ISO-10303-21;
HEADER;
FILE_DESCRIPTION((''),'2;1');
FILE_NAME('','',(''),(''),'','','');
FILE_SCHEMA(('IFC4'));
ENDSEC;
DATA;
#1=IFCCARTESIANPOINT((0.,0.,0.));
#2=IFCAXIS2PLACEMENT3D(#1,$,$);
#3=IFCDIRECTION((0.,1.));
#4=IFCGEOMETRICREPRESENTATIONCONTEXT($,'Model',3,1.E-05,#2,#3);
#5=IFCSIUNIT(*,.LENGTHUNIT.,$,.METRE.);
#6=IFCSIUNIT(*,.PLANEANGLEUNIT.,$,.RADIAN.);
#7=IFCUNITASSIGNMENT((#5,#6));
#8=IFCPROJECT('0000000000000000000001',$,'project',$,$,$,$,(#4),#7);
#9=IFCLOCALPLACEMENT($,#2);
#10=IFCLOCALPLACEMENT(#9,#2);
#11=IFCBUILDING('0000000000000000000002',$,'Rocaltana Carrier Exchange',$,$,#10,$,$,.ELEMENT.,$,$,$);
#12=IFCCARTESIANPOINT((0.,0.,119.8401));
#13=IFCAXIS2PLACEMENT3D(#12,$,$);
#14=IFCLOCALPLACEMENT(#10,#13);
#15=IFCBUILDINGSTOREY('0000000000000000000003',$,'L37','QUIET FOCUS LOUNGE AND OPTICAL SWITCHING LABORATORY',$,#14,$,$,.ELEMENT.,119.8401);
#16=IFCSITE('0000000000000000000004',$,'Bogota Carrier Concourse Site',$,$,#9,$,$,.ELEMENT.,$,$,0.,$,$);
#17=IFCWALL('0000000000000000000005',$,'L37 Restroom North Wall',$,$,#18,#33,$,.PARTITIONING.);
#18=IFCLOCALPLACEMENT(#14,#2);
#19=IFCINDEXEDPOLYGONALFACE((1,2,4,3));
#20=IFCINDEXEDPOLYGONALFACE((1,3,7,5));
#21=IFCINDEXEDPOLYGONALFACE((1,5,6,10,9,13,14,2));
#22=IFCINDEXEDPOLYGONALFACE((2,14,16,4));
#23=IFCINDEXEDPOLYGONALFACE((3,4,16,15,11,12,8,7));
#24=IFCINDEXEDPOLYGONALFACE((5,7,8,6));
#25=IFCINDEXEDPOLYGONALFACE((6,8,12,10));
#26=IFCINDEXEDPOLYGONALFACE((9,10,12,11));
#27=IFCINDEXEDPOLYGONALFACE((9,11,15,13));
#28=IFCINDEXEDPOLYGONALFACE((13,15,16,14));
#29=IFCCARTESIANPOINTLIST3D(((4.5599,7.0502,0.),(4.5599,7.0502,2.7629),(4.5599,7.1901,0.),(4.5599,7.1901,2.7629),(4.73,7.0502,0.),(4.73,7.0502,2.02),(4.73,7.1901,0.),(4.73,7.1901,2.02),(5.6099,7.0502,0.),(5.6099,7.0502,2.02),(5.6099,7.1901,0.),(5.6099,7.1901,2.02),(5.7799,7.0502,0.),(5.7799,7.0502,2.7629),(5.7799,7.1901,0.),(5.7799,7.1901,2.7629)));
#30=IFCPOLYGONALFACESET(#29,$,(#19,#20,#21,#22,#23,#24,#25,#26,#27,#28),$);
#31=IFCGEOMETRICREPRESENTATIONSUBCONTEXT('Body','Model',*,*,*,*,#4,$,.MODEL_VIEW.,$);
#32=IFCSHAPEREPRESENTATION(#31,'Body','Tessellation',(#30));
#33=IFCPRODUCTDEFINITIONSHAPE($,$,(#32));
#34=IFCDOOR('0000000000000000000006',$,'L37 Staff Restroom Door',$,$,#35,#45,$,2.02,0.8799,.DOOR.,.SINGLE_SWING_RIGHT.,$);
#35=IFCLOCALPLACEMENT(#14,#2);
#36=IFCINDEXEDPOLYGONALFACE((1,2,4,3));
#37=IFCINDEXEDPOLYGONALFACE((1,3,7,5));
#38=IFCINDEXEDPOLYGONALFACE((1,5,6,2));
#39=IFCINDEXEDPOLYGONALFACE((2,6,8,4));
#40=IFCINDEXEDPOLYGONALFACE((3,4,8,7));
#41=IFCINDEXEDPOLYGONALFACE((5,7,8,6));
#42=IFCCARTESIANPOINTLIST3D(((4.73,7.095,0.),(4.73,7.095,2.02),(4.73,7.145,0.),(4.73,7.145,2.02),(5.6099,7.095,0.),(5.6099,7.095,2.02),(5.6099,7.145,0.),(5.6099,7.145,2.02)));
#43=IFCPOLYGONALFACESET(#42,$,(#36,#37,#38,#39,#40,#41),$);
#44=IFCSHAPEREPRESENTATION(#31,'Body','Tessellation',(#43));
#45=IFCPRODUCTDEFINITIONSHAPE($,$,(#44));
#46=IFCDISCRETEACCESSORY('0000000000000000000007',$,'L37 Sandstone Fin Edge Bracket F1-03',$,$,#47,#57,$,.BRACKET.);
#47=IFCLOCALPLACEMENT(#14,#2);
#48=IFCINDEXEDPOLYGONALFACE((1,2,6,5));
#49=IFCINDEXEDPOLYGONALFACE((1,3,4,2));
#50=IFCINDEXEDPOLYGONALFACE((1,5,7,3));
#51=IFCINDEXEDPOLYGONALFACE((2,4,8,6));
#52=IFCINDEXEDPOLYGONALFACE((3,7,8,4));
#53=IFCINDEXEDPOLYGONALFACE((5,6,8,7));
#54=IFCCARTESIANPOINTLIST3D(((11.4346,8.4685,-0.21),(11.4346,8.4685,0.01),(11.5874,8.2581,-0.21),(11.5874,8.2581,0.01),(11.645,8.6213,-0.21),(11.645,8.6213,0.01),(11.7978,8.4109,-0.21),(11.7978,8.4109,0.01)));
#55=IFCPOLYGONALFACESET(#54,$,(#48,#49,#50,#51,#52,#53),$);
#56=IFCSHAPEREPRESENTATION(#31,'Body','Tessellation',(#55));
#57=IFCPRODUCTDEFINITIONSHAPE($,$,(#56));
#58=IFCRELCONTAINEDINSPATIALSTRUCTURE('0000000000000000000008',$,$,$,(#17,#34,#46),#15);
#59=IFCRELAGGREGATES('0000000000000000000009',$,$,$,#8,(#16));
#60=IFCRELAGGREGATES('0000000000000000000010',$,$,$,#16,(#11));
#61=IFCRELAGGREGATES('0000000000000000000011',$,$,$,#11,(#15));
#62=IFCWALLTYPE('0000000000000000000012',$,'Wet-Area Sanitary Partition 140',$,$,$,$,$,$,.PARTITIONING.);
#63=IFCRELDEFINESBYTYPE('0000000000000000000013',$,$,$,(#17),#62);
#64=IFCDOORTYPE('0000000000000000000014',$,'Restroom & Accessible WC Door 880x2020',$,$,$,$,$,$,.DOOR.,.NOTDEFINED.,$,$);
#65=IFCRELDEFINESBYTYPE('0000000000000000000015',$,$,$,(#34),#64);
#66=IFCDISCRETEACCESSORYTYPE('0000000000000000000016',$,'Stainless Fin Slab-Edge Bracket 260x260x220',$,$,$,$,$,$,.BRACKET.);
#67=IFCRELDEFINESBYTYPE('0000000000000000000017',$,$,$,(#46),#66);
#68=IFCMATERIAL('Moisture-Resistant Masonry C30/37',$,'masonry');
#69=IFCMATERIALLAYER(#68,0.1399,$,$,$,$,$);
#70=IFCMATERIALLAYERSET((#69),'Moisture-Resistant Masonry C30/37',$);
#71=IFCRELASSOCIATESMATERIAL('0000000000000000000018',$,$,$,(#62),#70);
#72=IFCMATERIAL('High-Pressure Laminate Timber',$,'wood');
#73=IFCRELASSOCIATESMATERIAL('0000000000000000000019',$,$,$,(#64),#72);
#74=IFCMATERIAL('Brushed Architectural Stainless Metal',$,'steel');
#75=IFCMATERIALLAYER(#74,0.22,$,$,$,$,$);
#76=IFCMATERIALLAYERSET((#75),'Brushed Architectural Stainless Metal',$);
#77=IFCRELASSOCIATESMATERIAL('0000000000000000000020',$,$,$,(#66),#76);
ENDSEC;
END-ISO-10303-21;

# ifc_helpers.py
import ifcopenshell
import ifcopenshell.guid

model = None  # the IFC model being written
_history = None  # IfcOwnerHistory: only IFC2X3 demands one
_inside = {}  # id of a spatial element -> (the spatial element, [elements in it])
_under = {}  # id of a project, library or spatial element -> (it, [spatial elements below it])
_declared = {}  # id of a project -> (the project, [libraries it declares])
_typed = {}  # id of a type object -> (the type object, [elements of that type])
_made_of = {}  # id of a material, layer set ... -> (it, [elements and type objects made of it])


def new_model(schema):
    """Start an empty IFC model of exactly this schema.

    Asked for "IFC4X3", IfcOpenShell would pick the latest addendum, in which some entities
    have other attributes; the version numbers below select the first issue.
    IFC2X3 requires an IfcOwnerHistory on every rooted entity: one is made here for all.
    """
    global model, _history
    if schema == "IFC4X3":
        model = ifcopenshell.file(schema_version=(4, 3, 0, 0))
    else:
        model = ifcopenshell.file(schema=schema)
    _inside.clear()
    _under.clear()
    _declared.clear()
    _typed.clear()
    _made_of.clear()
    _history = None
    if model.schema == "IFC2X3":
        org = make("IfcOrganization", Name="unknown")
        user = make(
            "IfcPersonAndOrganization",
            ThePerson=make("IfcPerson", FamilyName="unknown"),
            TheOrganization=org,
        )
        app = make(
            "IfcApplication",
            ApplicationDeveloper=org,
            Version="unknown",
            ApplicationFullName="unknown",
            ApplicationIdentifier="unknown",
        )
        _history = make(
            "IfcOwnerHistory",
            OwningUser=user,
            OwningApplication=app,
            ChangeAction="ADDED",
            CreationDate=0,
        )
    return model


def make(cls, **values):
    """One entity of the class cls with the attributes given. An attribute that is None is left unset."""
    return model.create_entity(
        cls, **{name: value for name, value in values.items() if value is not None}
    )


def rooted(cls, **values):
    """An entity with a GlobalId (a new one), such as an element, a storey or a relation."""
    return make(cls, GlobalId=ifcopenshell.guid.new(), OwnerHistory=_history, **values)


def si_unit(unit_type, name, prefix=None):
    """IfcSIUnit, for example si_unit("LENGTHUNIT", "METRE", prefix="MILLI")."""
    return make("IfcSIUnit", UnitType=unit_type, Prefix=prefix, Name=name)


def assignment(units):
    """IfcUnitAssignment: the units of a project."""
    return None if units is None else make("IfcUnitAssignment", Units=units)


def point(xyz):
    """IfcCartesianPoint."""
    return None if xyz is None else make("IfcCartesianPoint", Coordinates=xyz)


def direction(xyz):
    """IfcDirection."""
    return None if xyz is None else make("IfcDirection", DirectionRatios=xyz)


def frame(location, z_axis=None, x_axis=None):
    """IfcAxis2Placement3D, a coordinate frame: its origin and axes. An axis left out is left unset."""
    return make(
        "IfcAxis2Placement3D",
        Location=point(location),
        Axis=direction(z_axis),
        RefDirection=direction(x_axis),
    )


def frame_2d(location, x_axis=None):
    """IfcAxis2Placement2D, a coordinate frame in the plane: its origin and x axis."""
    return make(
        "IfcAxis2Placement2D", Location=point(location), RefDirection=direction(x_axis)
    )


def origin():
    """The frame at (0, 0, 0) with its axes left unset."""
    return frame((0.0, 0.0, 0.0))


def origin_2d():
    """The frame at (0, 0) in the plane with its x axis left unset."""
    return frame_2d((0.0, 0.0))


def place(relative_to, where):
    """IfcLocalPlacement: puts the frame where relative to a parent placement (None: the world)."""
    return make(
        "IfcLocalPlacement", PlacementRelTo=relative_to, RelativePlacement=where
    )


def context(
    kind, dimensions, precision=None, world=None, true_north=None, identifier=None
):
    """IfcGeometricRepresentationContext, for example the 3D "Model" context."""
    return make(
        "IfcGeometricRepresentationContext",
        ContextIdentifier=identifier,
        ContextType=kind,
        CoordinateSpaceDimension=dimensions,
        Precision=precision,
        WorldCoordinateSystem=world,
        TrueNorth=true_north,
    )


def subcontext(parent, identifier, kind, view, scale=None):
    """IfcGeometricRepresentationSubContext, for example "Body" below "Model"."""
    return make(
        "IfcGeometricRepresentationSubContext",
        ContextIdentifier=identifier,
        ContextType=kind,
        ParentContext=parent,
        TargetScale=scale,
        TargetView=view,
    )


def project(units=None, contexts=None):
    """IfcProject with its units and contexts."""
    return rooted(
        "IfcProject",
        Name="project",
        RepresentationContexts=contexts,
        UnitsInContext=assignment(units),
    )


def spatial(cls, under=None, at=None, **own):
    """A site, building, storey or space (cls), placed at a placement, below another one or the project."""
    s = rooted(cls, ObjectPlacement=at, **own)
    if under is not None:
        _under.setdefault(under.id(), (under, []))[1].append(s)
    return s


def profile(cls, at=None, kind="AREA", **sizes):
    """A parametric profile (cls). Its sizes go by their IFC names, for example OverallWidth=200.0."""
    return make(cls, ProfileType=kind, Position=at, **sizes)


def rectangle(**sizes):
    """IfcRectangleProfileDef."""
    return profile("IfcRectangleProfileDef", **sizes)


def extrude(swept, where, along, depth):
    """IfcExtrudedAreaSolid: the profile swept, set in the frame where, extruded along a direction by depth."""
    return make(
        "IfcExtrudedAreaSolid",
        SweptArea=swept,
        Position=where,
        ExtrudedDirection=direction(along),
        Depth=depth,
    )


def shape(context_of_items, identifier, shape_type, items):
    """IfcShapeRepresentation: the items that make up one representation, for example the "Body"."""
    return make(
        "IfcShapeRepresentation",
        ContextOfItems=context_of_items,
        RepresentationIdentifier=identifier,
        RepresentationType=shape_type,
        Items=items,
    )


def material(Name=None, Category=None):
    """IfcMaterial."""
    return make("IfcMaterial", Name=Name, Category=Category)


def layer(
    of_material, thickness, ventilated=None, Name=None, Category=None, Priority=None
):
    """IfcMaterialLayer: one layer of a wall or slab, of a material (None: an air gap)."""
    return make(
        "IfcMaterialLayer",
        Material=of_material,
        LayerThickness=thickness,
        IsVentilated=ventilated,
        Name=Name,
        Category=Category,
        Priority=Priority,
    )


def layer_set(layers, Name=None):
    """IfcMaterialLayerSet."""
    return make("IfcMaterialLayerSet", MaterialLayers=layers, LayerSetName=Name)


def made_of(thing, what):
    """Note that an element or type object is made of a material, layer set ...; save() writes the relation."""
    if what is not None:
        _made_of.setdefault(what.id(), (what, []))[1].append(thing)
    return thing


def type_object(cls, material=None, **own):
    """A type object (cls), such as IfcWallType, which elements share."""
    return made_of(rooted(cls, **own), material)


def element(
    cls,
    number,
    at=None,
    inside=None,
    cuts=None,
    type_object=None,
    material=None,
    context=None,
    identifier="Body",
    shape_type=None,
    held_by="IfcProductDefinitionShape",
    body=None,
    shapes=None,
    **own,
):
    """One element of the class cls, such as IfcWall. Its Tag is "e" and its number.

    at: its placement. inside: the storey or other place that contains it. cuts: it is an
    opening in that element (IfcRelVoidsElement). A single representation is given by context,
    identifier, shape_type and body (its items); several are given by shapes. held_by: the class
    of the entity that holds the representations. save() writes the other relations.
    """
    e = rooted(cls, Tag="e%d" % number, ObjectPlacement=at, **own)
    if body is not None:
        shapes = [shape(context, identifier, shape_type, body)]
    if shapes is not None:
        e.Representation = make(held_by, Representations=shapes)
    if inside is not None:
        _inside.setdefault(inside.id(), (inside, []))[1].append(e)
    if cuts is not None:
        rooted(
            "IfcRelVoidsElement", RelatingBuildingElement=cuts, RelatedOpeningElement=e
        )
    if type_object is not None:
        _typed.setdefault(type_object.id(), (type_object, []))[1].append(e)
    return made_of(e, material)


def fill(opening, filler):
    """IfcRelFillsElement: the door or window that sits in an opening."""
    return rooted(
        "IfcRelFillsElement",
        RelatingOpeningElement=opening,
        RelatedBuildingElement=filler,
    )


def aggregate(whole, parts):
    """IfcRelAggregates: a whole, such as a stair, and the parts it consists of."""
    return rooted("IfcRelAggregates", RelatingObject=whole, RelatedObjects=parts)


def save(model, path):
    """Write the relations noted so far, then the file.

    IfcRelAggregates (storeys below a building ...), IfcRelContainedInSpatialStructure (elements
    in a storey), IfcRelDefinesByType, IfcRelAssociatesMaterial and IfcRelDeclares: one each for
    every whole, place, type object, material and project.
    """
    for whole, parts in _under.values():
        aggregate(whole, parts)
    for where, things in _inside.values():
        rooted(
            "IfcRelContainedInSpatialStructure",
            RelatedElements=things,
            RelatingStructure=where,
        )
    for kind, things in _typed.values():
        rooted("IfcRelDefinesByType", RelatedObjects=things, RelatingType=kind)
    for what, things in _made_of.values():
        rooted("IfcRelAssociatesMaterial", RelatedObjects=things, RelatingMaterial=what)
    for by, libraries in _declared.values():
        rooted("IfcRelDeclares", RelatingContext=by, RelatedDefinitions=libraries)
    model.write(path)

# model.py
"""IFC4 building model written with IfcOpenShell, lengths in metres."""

from ifc_helpers import new_model, si_unit, direction, frame, frame_2d, origin, origin_2d, place, context, subcontext, project, spatial, rectangle, extrude, material, layer, layer_set, type_object, element, fill, save


model = new_model("IFC4")

# Units and contexts
model_context = context("Model", 3, precision=1e-05, world=origin(), true_north=direction((0.0, 1.0)))
body_context = subcontext(model_context, "Body", "Model", "MODEL_VIEW")
ifc_project = project(units=[si_unit("LENGTHUNIT", "METRE"), si_unit("PLANEANGLEUNIT", "RADIAN")], contexts=[model_context])

# Site, building, storey
site_placement = place(None, origin())
site = spatial("IfcSite", under=ifc_project, at=site_placement, Name="Bogota Carrier Concourse Site", CompositionType="ELEMENT", RefElevation=0.0)
building_placement = place(site_placement, origin())
building = spatial("IfcBuilding", under=site, at=building_placement, Name="Rocaltana Carrier Exchange", CompositionType="ELEMENT")
storey_placement = place(building_placement, frame((0.0, 0.0, 119.8401)))
storey = spatial("IfcBuildingStorey", under=building, at=storey_placement, Name="L37", Description="QUIET FOCUS LOUNGE AND OPTICAL SWITCHING LABORATORY", CompositionType="ELEMENT", Elevation=119.8401)

# Shared definitions
ifc_material_1 = material(Name="Moisture-Resistant Masonry C30/37", Category="masonry")
ifc_layer_1 = layer(ifc_material_1, 0.1399)
ifc_layer_set_1 = layer_set([ifc_layer_1], Name="Moisture-Resistant Masonry C30/37")
wall_type_1 = type_object("IfcWallType", Name="Wet-Area Sanitary Partition 140", PredefinedType="PARTITIONING", material=ifc_layer_set_1)

# Wall, opening, door
wall_1_placement = place(storey_placement, frame((4.5601, 7.1201, 0.0), z_axis=(0.0, 0.0, 1.0), x_axis=(1.0, 0.0, 0.0)))
wall_1 = element("IfcWall", 1, at=wall_1_placement, inside=storey, type_object=wall_type_1, Name="L37 Restroom North Wall", PredefinedType="PARTITIONING", context=body_context, shape_type="SweptSolid", body=[
    extrude(rectangle(XDim=1.22, YDim=0.1399, at=frame_2d((0.6099, 0.0))), origin(), (0.0, 0.0, 1.0), 2.7629),
])
opening_1_placement = place(wall_1_placement, frame((0.1699, 0.0, 0.0)))
opening_1 = element("IfcOpeningElement", 2, at=opening_1_placement, cuts=wall_1, PredefinedType="OPENING", context=body_context, shape_type="SweptSolid", body=[
    extrude(rectangle(XDim=0.8799, YDim=2.02, at=frame_2d((0.4399, 1.01))), frame((0.0, 0.0798, 0.0), z_axis=(0.0, -1.0, 0.0), x_axis=(1.0, 0.0, 0.0)), (0.0, 0.0, 1.0), 0.1599),
])
ifc_material_2 = material(Name="High-Pressure Laminate Timber", Category="wood")
door_type_1 = type_object("IfcDoorType", Name="Restroom & Accessible WC Door 880x2020", OperationType="NOTDEFINED", PredefinedType="DOOR", material=ifc_material_2)
door_1_placement = place(opening_1_placement, origin())
door_1 = element("IfcDoor", 3, at=door_1_placement, inside=storey, type_object=door_type_1, Name="L37 Staff Restroom Door", OperationType="SINGLE_SWING_RIGHT", OverallHeight=2.02, OverallWidth=0.8799, PredefinedType="DOOR", context=body_context, shape_type="SweptSolid", body=[
    extrude(rectangle(XDim=0.8799, YDim=2.02, at=frame_2d((0.4399, 1.01))), frame((0.0, 0.0249, 0.0), z_axis=(0.0, -1.0, 0.0), x_axis=(1.0, 0.0, 0.0)), (0.0, 0.0, 1.0), 0.05),
])
fill(opening_1, door_1)

# Discrete accessory
ifc_material_3 = material(Name="Brushed Architectural Stainless Metal", Category="steel")
ifc_layer_2 = layer(ifc_material_3, 0.22)
ifc_layer_set_2 = layer_set([ifc_layer_2], Name="Brushed Architectural Stainless Metal")
discrete_accessory_type = type_object("IfcDiscreteAccessoryType", Name="Stainless Fin Slab-Edge Bracket 260x260x220", PredefinedType="BRACKET", material=ifc_layer_set_2)
discrete_accessory_placement = place(storey_placement, frame((11.6162, 8.4397, -0.21), z_axis=(0.0, 0.0, 1.0), x_axis=(-0.587785, 0.809017, 0.0)))
element("IfcDiscreteAccessory", 4, at=discrete_accessory_placement, inside=storey, type_object=discrete_accessory_type, Name="L37 Sandstone Fin Edge Bracket F1-03", PredefinedType="BRACKET", context=body_context, shape_type="SweptSolid", body=[
    extrude(rectangle(XDim=0.26, YDim=0.26, at=origin_2d()), origin(), (0.0, 0.0, 1.0), 0.22),
])

save(model, "model.ifc")
